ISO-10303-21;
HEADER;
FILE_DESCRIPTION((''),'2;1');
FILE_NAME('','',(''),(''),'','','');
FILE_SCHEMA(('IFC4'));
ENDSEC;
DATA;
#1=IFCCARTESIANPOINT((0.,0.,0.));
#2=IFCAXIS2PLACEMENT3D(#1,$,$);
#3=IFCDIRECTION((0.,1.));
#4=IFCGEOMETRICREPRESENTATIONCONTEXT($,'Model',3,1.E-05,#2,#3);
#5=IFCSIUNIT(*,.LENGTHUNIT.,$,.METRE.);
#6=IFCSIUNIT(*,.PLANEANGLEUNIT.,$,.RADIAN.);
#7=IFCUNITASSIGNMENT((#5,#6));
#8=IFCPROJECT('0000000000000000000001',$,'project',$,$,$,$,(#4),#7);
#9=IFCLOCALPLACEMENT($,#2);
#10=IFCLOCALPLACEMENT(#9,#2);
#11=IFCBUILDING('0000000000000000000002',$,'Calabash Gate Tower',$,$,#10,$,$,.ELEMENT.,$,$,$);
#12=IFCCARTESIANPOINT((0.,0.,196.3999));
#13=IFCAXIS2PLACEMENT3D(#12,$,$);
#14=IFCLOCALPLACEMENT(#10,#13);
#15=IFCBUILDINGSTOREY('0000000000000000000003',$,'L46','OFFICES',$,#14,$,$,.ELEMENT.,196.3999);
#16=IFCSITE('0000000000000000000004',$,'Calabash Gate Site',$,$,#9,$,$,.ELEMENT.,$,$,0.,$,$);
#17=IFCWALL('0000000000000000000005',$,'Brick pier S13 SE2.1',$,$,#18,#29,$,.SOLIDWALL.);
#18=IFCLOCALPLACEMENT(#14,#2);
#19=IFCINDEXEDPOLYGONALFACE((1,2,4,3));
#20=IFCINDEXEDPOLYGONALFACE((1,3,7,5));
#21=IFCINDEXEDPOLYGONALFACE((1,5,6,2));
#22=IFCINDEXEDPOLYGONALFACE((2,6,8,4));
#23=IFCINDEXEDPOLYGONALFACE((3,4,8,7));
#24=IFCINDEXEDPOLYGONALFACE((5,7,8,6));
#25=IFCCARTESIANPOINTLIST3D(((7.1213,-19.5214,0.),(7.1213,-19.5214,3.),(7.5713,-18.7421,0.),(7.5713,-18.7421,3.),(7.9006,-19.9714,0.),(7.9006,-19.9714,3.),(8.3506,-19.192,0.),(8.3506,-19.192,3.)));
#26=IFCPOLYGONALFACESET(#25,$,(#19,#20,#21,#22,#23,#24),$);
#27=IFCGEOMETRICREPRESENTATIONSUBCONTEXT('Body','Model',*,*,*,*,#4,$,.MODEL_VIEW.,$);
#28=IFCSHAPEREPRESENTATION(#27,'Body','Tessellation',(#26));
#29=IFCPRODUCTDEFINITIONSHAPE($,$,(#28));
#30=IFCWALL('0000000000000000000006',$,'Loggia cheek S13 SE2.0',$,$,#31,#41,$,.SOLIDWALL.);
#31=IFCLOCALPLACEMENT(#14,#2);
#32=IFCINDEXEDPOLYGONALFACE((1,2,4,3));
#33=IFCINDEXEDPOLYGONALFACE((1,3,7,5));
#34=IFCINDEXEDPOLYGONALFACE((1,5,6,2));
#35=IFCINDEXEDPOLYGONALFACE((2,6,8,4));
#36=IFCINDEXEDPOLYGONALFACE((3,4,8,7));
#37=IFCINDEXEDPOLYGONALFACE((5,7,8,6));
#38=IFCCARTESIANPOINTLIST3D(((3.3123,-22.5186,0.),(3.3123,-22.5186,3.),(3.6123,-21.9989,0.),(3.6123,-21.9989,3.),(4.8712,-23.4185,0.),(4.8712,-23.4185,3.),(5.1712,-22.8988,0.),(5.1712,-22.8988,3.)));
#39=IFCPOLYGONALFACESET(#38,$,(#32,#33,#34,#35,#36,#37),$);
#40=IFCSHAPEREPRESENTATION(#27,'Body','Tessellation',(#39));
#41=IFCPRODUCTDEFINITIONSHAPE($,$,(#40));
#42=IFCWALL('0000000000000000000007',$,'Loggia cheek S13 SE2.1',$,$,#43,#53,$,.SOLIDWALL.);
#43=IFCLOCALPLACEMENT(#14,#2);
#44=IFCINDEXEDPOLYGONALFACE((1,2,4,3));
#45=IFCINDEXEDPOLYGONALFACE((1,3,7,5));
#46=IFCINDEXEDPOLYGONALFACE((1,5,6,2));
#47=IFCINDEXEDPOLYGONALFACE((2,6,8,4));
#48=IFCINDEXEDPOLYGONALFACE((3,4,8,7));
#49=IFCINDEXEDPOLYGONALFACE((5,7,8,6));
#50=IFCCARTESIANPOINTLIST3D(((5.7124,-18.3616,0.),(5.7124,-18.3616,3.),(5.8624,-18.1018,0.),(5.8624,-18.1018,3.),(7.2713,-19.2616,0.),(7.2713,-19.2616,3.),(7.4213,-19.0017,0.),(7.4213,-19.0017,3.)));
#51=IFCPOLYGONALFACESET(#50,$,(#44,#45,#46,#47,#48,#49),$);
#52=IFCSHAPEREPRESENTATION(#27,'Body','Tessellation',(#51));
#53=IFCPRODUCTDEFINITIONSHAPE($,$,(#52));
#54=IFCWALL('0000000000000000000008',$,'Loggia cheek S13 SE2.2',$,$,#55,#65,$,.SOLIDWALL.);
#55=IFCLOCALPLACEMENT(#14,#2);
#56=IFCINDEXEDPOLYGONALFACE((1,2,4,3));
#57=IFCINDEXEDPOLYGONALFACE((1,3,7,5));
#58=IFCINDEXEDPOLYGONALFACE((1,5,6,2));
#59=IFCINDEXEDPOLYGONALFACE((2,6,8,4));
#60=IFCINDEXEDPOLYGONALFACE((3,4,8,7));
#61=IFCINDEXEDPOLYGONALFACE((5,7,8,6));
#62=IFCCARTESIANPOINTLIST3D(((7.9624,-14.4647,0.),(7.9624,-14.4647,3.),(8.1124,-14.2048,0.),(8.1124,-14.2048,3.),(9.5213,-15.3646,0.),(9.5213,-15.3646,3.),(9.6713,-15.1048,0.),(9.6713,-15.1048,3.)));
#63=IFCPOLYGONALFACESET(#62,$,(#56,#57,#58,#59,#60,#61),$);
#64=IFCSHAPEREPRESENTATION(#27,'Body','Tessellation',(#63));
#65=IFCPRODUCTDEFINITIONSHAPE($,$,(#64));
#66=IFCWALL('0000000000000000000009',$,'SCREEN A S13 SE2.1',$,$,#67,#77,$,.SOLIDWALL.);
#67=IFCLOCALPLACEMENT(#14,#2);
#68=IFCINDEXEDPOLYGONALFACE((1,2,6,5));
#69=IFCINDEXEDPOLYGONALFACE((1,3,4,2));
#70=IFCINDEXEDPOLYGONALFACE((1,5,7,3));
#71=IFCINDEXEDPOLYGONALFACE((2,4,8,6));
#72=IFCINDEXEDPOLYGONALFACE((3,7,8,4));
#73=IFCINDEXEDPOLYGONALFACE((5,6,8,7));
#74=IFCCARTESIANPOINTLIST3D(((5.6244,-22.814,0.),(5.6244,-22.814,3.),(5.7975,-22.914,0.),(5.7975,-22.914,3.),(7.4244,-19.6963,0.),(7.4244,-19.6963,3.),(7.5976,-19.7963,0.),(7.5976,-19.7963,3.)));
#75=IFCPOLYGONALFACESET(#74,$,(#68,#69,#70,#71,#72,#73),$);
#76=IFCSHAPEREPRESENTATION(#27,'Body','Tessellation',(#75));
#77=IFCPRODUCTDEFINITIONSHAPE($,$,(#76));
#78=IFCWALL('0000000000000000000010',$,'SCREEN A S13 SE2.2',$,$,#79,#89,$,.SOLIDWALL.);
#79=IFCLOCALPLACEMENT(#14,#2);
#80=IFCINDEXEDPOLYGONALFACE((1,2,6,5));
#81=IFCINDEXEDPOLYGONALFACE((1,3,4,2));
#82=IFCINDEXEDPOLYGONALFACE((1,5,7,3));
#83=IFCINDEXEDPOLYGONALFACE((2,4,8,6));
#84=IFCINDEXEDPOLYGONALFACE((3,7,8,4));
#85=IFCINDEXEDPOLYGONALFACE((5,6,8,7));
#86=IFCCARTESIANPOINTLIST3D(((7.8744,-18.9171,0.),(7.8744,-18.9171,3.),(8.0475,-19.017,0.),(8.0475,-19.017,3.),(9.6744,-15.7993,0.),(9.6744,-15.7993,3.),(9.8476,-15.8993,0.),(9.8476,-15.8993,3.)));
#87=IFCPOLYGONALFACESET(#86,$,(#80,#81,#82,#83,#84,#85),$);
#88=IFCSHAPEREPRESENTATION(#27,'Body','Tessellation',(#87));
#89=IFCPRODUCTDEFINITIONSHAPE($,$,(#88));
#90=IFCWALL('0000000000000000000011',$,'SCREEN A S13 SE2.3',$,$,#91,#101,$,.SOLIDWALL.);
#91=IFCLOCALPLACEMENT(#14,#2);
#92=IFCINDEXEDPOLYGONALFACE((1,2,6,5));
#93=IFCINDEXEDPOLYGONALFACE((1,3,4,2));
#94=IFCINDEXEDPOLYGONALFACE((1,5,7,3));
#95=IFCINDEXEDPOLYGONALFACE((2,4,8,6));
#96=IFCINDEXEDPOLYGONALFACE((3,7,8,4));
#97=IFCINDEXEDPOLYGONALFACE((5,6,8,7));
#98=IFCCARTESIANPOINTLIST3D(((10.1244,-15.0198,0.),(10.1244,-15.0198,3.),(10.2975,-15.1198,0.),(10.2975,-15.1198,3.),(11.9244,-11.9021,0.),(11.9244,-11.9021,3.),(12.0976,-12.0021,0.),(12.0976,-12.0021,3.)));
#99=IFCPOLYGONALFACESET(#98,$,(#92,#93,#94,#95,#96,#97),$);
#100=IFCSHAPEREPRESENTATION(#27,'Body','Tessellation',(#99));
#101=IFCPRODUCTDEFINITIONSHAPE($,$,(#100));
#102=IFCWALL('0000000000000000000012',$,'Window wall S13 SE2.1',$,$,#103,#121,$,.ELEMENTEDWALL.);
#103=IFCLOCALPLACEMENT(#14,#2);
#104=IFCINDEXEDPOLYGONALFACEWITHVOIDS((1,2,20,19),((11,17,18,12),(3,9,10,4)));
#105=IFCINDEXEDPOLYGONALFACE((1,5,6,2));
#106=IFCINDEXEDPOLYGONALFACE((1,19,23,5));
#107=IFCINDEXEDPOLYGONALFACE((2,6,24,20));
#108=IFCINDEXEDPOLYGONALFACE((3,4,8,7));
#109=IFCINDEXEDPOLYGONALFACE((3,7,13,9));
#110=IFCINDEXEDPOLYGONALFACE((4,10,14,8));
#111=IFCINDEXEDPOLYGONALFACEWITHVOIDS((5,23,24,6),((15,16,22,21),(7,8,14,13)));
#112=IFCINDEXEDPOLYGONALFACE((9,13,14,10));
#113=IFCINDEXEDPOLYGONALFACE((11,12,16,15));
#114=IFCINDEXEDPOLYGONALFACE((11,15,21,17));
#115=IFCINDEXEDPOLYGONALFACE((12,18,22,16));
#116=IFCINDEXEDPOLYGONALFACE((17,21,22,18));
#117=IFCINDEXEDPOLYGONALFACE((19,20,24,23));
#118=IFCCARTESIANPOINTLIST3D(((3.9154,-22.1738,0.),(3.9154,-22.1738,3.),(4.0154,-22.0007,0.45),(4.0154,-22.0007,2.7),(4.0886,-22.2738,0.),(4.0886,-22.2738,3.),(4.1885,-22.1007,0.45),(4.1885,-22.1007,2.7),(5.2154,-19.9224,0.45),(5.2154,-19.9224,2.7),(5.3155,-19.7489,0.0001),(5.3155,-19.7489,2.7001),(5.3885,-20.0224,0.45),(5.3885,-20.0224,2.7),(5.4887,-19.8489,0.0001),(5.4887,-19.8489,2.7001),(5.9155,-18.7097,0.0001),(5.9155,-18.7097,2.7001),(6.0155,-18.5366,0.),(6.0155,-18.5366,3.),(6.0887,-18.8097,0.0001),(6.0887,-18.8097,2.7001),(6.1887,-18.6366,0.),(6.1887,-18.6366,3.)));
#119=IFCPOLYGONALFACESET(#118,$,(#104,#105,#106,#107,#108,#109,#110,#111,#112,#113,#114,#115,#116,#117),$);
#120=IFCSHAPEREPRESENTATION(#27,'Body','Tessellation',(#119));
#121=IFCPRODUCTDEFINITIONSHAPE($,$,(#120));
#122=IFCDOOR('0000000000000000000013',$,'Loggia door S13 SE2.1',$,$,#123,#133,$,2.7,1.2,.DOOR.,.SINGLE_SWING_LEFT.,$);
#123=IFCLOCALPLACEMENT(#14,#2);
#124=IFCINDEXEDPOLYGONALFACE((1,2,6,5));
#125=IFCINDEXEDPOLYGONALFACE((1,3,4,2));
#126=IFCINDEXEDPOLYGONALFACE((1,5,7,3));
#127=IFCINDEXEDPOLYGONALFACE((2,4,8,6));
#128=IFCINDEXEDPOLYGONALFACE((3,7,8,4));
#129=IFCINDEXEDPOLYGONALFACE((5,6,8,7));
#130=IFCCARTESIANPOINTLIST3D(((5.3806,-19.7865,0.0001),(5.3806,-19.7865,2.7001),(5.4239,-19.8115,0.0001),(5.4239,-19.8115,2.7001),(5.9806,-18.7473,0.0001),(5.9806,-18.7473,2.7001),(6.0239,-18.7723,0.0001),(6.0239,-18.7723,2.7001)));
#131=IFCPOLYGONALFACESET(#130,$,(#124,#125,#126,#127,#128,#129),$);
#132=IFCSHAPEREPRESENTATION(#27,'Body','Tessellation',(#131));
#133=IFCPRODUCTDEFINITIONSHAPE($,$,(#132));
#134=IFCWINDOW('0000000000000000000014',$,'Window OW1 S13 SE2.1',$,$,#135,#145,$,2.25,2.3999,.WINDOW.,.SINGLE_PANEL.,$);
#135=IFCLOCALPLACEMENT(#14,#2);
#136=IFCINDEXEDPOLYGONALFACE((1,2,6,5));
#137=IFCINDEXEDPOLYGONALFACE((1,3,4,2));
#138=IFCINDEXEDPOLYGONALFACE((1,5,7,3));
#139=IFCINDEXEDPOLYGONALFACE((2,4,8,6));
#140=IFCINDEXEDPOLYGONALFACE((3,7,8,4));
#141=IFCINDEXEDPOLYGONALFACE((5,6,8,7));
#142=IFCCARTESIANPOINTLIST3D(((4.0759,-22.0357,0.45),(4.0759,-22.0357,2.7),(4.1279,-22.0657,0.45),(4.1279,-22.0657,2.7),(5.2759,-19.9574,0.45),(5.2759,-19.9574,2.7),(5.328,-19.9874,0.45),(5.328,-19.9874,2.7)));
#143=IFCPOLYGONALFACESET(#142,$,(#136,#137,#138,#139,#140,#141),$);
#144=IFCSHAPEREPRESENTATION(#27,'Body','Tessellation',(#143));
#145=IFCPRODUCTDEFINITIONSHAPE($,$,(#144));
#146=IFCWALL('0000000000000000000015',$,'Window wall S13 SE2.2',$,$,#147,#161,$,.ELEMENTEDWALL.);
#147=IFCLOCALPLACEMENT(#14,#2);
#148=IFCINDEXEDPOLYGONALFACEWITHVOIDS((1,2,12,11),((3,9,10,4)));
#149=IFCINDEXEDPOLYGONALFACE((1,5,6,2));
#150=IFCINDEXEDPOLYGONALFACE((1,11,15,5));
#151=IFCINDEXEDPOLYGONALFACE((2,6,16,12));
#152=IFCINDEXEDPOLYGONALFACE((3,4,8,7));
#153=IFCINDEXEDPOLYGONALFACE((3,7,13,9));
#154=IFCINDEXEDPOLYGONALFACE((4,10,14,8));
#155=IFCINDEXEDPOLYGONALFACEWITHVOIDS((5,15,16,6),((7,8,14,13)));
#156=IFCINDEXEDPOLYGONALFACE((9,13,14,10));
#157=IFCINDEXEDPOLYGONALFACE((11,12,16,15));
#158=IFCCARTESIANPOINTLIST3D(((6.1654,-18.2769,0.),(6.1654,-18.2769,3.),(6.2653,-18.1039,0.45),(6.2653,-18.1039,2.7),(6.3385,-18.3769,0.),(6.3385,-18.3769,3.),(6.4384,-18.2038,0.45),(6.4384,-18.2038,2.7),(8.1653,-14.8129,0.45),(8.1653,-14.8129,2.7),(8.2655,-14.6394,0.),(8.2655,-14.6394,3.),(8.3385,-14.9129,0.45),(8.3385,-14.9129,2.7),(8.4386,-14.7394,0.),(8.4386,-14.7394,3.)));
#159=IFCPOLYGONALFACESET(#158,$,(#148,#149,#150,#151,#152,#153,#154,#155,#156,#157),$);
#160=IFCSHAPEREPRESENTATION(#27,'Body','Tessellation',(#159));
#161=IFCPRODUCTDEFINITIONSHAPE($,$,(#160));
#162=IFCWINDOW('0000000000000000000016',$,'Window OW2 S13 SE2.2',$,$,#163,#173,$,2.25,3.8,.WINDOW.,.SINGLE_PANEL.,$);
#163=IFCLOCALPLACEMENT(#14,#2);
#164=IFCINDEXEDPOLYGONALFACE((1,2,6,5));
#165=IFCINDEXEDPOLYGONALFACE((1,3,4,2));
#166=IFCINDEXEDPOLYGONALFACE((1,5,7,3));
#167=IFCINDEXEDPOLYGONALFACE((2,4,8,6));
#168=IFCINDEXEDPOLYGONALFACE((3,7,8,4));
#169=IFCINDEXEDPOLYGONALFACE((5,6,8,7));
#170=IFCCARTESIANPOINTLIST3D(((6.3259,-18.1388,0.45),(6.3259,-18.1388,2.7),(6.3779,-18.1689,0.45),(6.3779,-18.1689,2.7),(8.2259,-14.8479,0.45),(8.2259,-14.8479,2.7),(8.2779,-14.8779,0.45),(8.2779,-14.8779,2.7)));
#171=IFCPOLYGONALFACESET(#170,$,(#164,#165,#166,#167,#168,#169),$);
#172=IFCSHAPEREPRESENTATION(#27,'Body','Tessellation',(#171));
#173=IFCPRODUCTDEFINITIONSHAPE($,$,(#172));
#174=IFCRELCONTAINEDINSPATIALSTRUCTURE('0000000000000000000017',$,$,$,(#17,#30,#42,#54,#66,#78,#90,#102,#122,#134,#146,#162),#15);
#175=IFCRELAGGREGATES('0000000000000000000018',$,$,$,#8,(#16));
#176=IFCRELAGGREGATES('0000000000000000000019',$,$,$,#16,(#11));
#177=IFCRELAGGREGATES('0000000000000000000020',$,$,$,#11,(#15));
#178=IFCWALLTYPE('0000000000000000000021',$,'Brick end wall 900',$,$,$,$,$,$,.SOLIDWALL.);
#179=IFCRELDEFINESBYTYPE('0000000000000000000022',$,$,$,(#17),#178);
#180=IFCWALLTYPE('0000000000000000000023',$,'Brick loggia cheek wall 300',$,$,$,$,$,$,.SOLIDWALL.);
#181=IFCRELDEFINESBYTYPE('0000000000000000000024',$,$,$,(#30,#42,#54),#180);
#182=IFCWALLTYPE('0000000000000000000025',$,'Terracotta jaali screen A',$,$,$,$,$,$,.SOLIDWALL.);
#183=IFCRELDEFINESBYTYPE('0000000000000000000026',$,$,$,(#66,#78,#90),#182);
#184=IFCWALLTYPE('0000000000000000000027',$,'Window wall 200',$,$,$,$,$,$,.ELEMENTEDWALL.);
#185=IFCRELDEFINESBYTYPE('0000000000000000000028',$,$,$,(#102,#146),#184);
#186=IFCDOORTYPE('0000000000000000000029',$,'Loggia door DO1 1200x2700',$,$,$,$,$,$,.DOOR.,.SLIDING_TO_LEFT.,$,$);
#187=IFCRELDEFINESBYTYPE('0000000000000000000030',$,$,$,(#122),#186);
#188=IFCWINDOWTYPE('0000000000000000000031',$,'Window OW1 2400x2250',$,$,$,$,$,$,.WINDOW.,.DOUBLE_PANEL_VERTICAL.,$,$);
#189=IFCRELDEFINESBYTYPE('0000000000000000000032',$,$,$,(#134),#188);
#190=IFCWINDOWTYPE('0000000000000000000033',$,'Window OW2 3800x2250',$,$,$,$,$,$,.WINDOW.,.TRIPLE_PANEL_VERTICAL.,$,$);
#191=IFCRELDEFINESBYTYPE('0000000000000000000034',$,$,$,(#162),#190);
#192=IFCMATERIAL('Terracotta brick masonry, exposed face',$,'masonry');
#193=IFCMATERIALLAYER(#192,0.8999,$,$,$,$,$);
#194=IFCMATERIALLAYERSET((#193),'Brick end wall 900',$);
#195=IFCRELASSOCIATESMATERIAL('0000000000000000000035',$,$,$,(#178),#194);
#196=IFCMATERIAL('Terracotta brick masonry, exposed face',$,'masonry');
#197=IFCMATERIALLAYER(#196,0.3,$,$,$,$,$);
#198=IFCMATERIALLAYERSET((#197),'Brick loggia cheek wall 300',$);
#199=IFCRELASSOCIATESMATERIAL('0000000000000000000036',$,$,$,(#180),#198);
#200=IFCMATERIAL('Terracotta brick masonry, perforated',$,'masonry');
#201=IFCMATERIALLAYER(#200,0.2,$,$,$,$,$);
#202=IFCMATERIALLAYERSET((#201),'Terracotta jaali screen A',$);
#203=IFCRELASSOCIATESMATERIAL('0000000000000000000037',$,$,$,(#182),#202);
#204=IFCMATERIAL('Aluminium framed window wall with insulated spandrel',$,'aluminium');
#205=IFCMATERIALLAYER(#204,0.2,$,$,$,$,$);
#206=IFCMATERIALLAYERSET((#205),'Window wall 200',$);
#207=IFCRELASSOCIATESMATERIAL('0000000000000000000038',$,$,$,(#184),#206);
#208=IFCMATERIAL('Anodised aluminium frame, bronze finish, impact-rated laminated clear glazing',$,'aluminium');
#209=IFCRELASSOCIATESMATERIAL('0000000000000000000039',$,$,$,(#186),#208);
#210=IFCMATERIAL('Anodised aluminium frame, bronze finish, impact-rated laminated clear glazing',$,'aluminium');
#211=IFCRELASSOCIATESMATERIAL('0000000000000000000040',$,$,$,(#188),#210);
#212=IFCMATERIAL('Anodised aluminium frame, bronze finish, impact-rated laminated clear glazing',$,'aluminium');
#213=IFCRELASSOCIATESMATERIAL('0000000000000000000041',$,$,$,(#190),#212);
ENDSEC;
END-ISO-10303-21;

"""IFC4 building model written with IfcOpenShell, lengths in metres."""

from ifc_helpers import new_model, si_unit, direction, frame, frame_2d, origin, place, context, subcontext, project, spatial, rectangle, extrude, material, layer, layer_set, type_object, element, fill, save


model = new_model("IFC4")

# Units and contexts
model_context = context("Model", 3, precision=1e-05, world=origin(), true_north=direction((0.0, 1.0)))
body_context = subcontext(model_context, "Body", "Model", "MODEL_VIEW")
ifc_project = project(units=[si_unit("LENGTHUNIT", "METRE"), si_unit("PLANEANGLEUNIT", "RADIAN")], contexts=[model_context])

# Site, building, storey
site_placement = place(None, origin())
site = spatial("IfcSite", under=ifc_project, at=site_placement, Name="Calabash Gate Site", CompositionType="ELEMENT", RefElevation=0.0)
building_placement = place(site_placement, origin())
building = spatial("IfcBuilding", under=site, at=building_placement, Name="Calabash Gate Tower", CompositionType="ELEMENT")
storey_placement = place(building_placement, frame((0.0, 0.0, 196.3999)))
storey = spatial("IfcBuildingStorey", under=building, at=storey_placement, Name="L46", Description="OFFICES", CompositionType="ELEMENT", Elevation=196.3999)

# Walls
ifc_material_1 = material(Name="Terracotta brick masonry, exposed face", Category="masonry")
ifc_layer_1 = layer(ifc_material_1, 0.8999)
ifc_layer_set_1 = layer_set([ifc_layer_1], Name="Brick end wall 900")
wall_type_1 = type_object("IfcWallType", Name="Brick end wall 900", PredefinedType="SOLIDWALL", material=ifc_layer_set_1)
wall_1_placement = place(storey_placement, frame((7.9609, -18.967, 0.0), z_axis=(0.0, 0.0, 1.0), x_axis=(-0.50002, -0.866014, 0.0)))
element("IfcWall", 1, at=wall_1_placement, inside=storey, type_object=wall_type_1, Name="Brick pier S13 SE2.1", PredefinedType="SOLIDWALL", context=body_context, shape_type="SweptSolid", body=[
    extrude(rectangle(XDim=0.8999, YDim=0.8999, at=frame_2d((0.45, 0.0))), origin(), (0.0, 0.0, 1.0), 3.0),
])
ifc_material_2 = material(Name="Terracotta brick masonry, exposed face", Category="masonry")
ifc_layer_2 = layer(ifc_material_2, 0.3)
ifc_layer_set_2 = layer_set([ifc_layer_2], Name="Brick loggia cheek wall 300")
wall_type_2 = type_object("IfcWallType", Name="Brick loggia cheek wall 300", PredefinedType="SOLIDWALL", material=ifc_layer_set_2)
wall_2_placement = place(storey_placement, frame((3.4624, -22.2588, 0.0), z_axis=(0.0, 0.0, 1.0), x_axis=(0.866048, -0.499961, 0.0)))
element("IfcWall", 2, at=wall_2_placement, inside=storey, type_object=wall_type_2, Name="Loggia cheek S13 SE2.0", PredefinedType="SOLIDWALL", context=body_context, shape_type="SweptSolid", body=[
    extrude(rectangle(XDim=1.8, YDim=0.6001, at=frame_2d((0.8999, 0.0))), origin(), (0.0, 0.0, 1.0), 3.0),
])
for number, where, z_axis, x_axis, name in (
    (3, (7.3462, -19.1316, 0.0), (0.0, 0.0, 1.0), (-0.866048, 0.499961, 0.0), "Loggia cheek S13 SE2.1"),
    (4, (9.5962, -15.2346, 0.0), (0.0, 0.0, 1.0), (-0.866048, 0.499961, 0.0), "Loggia cheek S13 SE2.2"),
):
    element("IfcWall", number, at=place(storey_placement, frame(where, z_axis=z_axis, x_axis=x_axis)), inside=storey, type_object=wall_type_2, Name=name, PredefinedType="SOLIDWALL", context=body_context, shape_type="SweptSolid", body=[
        extrude(rectangle(XDim=1.8, YDim=0.3, at=frame_2d((0.8999, 0.0))), origin(), (0.0, 0.0, 1.0), 3.0),
    ])
ifc_material_3 = material(Name="Terracotta brick masonry, perforated", Category="masonry")
ifc_layer_3 = layer(ifc_material_3, 0.2)
ifc_layer_set_3 = layer_set([ifc_layer_3], Name="Terracotta jaali screen A")
wall_type_3 = type_object("IfcWallType", Name="Terracotta jaali screen A", PredefinedType="SOLIDWALL", material=ifc_layer_set_3)
for number, where, z_axis, x_axis, name in (
    (5, (5.7109, -22.864, 0.0), (0.0, 0.0, 1.0), (0.500012, 0.866018, 0.0), "SCREEN A S13 SE2.1"),
    (6, (7.9609, -18.967, 0.0), (0.0, 0.0, 1.0), (0.500012, 0.866018, 0.0), "SCREEN A S13 SE2.2"),
    (7, (10.2109, -15.0698, 0.0), (0.0, 0.0, 1.0), (0.500012, 0.866018, 0.0), "SCREEN A S13 SE2.3"),
):
    element("IfcWall", number, at=place(storey_placement, frame(where, z_axis=z_axis, x_axis=x_axis)), inside=storey, type_object=wall_type_3, Name=name, PredefinedType="SOLIDWALL", context=body_context, shape_type="SweptSolid", body=[
        extrude(rectangle(XDim=3.6001, YDim=0.2, at=frame_2d((1.8, 0.0))), origin(), (0.0, 0.0, 1.0), 3.0),
    ])

# Wall, openings, door, window
ifc_material_4 = material(Name="Aluminium framed window wall with insulated spandrel", Category="aluminium")
ifc_layer_4 = layer(ifc_material_4, 0.2)
ifc_layer_set_4 = layer_set([ifc_layer_4], Name="Window wall 200")
wall_type_4 = type_object("IfcWallType", Name="Window wall 200", PredefinedType="ELEMENTEDWALL", material=ifc_layer_set_4)
wall_3_placement = place(storey_placement, frame((4.002, -22.2239, 0.0), z_axis=(0.0, 0.0, 1.0), x_axis=(0.500028, 0.866009, 0.0)))
wall_3 = element("IfcWall", 8, at=wall_3_placement, inside=storey, type_object=wall_type_4, Name="Window wall S13 SE2.1", PredefinedType="ELEMENTEDWALL", context=body_context, shape_type="SweptSolid", body=[
    extrude(rectangle(XDim=4.2, YDim=0.2, at=frame_2d((2.1001, 0.0))), origin(), (0.0, 0.0, 1.0), 3.0),
])
opening_1_placement = place(wall_3_placement, frame((0.2, 0.0, 0.45)))
opening_1 = element("IfcOpeningElement", 9, at=opening_1_placement, cuts=wall_3, PredefinedType="OPENING", context=body_context, shape_type="SweptSolid", body=[
    extrude(rectangle(XDim=2.3999, YDim=2.25, at=frame_2d((1.2, 1.125))), frame((0.0, 0.1099, 0.0), z_axis=(0.0, -1.0, 0.0), x_axis=(1.0, 0.0, 0.0)), (0.0, 0.0, 1.0), 0.22),
])
opening_2_placement = place(wall_3_placement, frame((2.8, 0.0, 0.0)))
opening_2 = element("IfcOpeningElement", 10, at=opening_2_placement, cuts=wall_3, PredefinedType="OPENING", context=body_context, shape_type="SweptSolid", body=[
    extrude(rectangle(XDim=1.2, YDim=2.7, at=frame_2d((0.6001, 1.3501))), frame((0.0, 0.1099, 0.0), z_axis=(0.0, -1.0, 0.0), x_axis=(1.0, 0.0, 0.0)), (0.0, 0.0, 1.0), 0.22),
])
ifc_material_5 = material(Name="Anodised aluminium frame, bronze finish, impact-rated laminated clear glazing", Category="aluminium")
door_type = type_object("IfcDoorType", Name="Loggia door DO1 1200x2700", OperationType="SLIDING_TO_LEFT", PredefinedType="DOOR", material=ifc_material_5)
door_1_placement = place(opening_2_placement, origin())
door_1 = element("IfcDoor", 11, at=door_1_placement, inside=storey, type_object=door_type, Name="Loggia door S13 SE2.1", OperationType="SINGLE_SWING_LEFT", OverallHeight=2.7, OverallWidth=1.2, PredefinedType="DOOR", context=body_context, shape_type="SweptSolid", body=[
    extrude(rectangle(XDim=1.2, YDim=2.7, at=frame_2d((0.6001, 1.3501))), frame((0.0, 0.0249, 0.0), z_axis=(0.0, -1.0, 0.0), x_axis=(1.0, 0.0, 0.0)), (0.0, 0.0, 1.0), 0.05),
])
fill(opening_2, door_1)
ifc_material_6 = material(Name="Anodised aluminium frame, bronze finish, impact-rated laminated clear glazing", Category="aluminium")
window_type_1 = type_object("IfcWindowType", Name="Window OW1 2400x2250", PartitioningType="DOUBLE_PANEL_VERTICAL", PredefinedType="WINDOW", material=ifc_material_6)
window_1_placement = place(opening_1_placement, origin())
window_1 = element("IfcWindow", 12, at=window_1_placement, inside=storey, type_object=window_type_1, Name="Window OW1 S13 SE2.1", OverallHeight=2.25, OverallWidth=2.3999, PartitioningType="SINGLE_PANEL", PredefinedType="WINDOW", context=body_context, shape_type="SweptSolid", body=[
    extrude(rectangle(XDim=2.3999, YDim=2.25, at=frame_2d((1.2, 1.125))), frame((0.0, 0.03, 0.0), z_axis=(0.0, -1.0, 0.0), x_axis=(1.0, 0.0, 0.0)), (0.0, 0.0, 1.0), 0.0601),
])
fill(opening_1, window_1)

# Wall, opening, window
wall_4_placement = place(storey_placement, frame((6.252, -18.3269, 0.0), z_axis=(0.0, 0.0, 1.0), x_axis=(0.500003, 0.866024, 0.0)))
wall_4 = element("IfcWall", 13, at=wall_4_placement, inside=storey, type_object=wall_type_4, Name="Window wall S13 SE2.2", PredefinedType="ELEMENTEDWALL", context=body_context, shape_type="SweptSolid", body=[
    extrude(rectangle(XDim=4.2002, YDim=0.2, at=frame_2d((2.1001, 0.0))), origin(), (0.0, 0.0, 1.0), 3.0),
])
opening_3_placement = place(wall_4_placement, frame((0.2, 0.0, 0.45)))
opening_3 = element("IfcOpeningElement", 14, at=opening_3_placement, cuts=wall_4, PredefinedType="OPENING", context=body_context, shape_type="SweptSolid", body=[
    extrude(rectangle(XDim=3.8, YDim=2.25, at=frame_2d((1.8999, 1.125))), frame((0.0, 0.1099, 0.0), z_axis=(0.0, -1.0, 0.0), x_axis=(1.0, 0.0, 0.0)), (0.0, 0.0, 1.0), 0.22),
])
ifc_material_7 = material(Name="Anodised aluminium frame, bronze finish, impact-rated laminated clear glazing", Category="aluminium")
window_type_2 = type_object("IfcWindowType", Name="Window OW2 3800x2250", PartitioningType="TRIPLE_PANEL_VERTICAL", PredefinedType="WINDOW", material=ifc_material_7)
window_2_placement = place(opening_3_placement, origin())
window_2 = element("IfcWindow", 15, at=window_2_placement, inside=storey, type_object=window_type_2, Name="Window OW2 S13 SE2.2", OverallHeight=2.25, OverallWidth=3.8, PartitioningType="SINGLE_PANEL", PredefinedType="WINDOW", context=body_context, shape_type="SweptSolid", body=[
    extrude(rectangle(XDim=3.8, YDim=2.25, at=frame_2d((1.8999, 1.125))), frame((0.0, 0.03, 0.0), z_axis=(0.0, -1.0, 0.0), x_axis=(1.0, 0.0, 0.0)), (0.0, 0.0, 1.0), 0.0601),
])
fill(opening_3, window_2)

save(model, "model.ifc")
